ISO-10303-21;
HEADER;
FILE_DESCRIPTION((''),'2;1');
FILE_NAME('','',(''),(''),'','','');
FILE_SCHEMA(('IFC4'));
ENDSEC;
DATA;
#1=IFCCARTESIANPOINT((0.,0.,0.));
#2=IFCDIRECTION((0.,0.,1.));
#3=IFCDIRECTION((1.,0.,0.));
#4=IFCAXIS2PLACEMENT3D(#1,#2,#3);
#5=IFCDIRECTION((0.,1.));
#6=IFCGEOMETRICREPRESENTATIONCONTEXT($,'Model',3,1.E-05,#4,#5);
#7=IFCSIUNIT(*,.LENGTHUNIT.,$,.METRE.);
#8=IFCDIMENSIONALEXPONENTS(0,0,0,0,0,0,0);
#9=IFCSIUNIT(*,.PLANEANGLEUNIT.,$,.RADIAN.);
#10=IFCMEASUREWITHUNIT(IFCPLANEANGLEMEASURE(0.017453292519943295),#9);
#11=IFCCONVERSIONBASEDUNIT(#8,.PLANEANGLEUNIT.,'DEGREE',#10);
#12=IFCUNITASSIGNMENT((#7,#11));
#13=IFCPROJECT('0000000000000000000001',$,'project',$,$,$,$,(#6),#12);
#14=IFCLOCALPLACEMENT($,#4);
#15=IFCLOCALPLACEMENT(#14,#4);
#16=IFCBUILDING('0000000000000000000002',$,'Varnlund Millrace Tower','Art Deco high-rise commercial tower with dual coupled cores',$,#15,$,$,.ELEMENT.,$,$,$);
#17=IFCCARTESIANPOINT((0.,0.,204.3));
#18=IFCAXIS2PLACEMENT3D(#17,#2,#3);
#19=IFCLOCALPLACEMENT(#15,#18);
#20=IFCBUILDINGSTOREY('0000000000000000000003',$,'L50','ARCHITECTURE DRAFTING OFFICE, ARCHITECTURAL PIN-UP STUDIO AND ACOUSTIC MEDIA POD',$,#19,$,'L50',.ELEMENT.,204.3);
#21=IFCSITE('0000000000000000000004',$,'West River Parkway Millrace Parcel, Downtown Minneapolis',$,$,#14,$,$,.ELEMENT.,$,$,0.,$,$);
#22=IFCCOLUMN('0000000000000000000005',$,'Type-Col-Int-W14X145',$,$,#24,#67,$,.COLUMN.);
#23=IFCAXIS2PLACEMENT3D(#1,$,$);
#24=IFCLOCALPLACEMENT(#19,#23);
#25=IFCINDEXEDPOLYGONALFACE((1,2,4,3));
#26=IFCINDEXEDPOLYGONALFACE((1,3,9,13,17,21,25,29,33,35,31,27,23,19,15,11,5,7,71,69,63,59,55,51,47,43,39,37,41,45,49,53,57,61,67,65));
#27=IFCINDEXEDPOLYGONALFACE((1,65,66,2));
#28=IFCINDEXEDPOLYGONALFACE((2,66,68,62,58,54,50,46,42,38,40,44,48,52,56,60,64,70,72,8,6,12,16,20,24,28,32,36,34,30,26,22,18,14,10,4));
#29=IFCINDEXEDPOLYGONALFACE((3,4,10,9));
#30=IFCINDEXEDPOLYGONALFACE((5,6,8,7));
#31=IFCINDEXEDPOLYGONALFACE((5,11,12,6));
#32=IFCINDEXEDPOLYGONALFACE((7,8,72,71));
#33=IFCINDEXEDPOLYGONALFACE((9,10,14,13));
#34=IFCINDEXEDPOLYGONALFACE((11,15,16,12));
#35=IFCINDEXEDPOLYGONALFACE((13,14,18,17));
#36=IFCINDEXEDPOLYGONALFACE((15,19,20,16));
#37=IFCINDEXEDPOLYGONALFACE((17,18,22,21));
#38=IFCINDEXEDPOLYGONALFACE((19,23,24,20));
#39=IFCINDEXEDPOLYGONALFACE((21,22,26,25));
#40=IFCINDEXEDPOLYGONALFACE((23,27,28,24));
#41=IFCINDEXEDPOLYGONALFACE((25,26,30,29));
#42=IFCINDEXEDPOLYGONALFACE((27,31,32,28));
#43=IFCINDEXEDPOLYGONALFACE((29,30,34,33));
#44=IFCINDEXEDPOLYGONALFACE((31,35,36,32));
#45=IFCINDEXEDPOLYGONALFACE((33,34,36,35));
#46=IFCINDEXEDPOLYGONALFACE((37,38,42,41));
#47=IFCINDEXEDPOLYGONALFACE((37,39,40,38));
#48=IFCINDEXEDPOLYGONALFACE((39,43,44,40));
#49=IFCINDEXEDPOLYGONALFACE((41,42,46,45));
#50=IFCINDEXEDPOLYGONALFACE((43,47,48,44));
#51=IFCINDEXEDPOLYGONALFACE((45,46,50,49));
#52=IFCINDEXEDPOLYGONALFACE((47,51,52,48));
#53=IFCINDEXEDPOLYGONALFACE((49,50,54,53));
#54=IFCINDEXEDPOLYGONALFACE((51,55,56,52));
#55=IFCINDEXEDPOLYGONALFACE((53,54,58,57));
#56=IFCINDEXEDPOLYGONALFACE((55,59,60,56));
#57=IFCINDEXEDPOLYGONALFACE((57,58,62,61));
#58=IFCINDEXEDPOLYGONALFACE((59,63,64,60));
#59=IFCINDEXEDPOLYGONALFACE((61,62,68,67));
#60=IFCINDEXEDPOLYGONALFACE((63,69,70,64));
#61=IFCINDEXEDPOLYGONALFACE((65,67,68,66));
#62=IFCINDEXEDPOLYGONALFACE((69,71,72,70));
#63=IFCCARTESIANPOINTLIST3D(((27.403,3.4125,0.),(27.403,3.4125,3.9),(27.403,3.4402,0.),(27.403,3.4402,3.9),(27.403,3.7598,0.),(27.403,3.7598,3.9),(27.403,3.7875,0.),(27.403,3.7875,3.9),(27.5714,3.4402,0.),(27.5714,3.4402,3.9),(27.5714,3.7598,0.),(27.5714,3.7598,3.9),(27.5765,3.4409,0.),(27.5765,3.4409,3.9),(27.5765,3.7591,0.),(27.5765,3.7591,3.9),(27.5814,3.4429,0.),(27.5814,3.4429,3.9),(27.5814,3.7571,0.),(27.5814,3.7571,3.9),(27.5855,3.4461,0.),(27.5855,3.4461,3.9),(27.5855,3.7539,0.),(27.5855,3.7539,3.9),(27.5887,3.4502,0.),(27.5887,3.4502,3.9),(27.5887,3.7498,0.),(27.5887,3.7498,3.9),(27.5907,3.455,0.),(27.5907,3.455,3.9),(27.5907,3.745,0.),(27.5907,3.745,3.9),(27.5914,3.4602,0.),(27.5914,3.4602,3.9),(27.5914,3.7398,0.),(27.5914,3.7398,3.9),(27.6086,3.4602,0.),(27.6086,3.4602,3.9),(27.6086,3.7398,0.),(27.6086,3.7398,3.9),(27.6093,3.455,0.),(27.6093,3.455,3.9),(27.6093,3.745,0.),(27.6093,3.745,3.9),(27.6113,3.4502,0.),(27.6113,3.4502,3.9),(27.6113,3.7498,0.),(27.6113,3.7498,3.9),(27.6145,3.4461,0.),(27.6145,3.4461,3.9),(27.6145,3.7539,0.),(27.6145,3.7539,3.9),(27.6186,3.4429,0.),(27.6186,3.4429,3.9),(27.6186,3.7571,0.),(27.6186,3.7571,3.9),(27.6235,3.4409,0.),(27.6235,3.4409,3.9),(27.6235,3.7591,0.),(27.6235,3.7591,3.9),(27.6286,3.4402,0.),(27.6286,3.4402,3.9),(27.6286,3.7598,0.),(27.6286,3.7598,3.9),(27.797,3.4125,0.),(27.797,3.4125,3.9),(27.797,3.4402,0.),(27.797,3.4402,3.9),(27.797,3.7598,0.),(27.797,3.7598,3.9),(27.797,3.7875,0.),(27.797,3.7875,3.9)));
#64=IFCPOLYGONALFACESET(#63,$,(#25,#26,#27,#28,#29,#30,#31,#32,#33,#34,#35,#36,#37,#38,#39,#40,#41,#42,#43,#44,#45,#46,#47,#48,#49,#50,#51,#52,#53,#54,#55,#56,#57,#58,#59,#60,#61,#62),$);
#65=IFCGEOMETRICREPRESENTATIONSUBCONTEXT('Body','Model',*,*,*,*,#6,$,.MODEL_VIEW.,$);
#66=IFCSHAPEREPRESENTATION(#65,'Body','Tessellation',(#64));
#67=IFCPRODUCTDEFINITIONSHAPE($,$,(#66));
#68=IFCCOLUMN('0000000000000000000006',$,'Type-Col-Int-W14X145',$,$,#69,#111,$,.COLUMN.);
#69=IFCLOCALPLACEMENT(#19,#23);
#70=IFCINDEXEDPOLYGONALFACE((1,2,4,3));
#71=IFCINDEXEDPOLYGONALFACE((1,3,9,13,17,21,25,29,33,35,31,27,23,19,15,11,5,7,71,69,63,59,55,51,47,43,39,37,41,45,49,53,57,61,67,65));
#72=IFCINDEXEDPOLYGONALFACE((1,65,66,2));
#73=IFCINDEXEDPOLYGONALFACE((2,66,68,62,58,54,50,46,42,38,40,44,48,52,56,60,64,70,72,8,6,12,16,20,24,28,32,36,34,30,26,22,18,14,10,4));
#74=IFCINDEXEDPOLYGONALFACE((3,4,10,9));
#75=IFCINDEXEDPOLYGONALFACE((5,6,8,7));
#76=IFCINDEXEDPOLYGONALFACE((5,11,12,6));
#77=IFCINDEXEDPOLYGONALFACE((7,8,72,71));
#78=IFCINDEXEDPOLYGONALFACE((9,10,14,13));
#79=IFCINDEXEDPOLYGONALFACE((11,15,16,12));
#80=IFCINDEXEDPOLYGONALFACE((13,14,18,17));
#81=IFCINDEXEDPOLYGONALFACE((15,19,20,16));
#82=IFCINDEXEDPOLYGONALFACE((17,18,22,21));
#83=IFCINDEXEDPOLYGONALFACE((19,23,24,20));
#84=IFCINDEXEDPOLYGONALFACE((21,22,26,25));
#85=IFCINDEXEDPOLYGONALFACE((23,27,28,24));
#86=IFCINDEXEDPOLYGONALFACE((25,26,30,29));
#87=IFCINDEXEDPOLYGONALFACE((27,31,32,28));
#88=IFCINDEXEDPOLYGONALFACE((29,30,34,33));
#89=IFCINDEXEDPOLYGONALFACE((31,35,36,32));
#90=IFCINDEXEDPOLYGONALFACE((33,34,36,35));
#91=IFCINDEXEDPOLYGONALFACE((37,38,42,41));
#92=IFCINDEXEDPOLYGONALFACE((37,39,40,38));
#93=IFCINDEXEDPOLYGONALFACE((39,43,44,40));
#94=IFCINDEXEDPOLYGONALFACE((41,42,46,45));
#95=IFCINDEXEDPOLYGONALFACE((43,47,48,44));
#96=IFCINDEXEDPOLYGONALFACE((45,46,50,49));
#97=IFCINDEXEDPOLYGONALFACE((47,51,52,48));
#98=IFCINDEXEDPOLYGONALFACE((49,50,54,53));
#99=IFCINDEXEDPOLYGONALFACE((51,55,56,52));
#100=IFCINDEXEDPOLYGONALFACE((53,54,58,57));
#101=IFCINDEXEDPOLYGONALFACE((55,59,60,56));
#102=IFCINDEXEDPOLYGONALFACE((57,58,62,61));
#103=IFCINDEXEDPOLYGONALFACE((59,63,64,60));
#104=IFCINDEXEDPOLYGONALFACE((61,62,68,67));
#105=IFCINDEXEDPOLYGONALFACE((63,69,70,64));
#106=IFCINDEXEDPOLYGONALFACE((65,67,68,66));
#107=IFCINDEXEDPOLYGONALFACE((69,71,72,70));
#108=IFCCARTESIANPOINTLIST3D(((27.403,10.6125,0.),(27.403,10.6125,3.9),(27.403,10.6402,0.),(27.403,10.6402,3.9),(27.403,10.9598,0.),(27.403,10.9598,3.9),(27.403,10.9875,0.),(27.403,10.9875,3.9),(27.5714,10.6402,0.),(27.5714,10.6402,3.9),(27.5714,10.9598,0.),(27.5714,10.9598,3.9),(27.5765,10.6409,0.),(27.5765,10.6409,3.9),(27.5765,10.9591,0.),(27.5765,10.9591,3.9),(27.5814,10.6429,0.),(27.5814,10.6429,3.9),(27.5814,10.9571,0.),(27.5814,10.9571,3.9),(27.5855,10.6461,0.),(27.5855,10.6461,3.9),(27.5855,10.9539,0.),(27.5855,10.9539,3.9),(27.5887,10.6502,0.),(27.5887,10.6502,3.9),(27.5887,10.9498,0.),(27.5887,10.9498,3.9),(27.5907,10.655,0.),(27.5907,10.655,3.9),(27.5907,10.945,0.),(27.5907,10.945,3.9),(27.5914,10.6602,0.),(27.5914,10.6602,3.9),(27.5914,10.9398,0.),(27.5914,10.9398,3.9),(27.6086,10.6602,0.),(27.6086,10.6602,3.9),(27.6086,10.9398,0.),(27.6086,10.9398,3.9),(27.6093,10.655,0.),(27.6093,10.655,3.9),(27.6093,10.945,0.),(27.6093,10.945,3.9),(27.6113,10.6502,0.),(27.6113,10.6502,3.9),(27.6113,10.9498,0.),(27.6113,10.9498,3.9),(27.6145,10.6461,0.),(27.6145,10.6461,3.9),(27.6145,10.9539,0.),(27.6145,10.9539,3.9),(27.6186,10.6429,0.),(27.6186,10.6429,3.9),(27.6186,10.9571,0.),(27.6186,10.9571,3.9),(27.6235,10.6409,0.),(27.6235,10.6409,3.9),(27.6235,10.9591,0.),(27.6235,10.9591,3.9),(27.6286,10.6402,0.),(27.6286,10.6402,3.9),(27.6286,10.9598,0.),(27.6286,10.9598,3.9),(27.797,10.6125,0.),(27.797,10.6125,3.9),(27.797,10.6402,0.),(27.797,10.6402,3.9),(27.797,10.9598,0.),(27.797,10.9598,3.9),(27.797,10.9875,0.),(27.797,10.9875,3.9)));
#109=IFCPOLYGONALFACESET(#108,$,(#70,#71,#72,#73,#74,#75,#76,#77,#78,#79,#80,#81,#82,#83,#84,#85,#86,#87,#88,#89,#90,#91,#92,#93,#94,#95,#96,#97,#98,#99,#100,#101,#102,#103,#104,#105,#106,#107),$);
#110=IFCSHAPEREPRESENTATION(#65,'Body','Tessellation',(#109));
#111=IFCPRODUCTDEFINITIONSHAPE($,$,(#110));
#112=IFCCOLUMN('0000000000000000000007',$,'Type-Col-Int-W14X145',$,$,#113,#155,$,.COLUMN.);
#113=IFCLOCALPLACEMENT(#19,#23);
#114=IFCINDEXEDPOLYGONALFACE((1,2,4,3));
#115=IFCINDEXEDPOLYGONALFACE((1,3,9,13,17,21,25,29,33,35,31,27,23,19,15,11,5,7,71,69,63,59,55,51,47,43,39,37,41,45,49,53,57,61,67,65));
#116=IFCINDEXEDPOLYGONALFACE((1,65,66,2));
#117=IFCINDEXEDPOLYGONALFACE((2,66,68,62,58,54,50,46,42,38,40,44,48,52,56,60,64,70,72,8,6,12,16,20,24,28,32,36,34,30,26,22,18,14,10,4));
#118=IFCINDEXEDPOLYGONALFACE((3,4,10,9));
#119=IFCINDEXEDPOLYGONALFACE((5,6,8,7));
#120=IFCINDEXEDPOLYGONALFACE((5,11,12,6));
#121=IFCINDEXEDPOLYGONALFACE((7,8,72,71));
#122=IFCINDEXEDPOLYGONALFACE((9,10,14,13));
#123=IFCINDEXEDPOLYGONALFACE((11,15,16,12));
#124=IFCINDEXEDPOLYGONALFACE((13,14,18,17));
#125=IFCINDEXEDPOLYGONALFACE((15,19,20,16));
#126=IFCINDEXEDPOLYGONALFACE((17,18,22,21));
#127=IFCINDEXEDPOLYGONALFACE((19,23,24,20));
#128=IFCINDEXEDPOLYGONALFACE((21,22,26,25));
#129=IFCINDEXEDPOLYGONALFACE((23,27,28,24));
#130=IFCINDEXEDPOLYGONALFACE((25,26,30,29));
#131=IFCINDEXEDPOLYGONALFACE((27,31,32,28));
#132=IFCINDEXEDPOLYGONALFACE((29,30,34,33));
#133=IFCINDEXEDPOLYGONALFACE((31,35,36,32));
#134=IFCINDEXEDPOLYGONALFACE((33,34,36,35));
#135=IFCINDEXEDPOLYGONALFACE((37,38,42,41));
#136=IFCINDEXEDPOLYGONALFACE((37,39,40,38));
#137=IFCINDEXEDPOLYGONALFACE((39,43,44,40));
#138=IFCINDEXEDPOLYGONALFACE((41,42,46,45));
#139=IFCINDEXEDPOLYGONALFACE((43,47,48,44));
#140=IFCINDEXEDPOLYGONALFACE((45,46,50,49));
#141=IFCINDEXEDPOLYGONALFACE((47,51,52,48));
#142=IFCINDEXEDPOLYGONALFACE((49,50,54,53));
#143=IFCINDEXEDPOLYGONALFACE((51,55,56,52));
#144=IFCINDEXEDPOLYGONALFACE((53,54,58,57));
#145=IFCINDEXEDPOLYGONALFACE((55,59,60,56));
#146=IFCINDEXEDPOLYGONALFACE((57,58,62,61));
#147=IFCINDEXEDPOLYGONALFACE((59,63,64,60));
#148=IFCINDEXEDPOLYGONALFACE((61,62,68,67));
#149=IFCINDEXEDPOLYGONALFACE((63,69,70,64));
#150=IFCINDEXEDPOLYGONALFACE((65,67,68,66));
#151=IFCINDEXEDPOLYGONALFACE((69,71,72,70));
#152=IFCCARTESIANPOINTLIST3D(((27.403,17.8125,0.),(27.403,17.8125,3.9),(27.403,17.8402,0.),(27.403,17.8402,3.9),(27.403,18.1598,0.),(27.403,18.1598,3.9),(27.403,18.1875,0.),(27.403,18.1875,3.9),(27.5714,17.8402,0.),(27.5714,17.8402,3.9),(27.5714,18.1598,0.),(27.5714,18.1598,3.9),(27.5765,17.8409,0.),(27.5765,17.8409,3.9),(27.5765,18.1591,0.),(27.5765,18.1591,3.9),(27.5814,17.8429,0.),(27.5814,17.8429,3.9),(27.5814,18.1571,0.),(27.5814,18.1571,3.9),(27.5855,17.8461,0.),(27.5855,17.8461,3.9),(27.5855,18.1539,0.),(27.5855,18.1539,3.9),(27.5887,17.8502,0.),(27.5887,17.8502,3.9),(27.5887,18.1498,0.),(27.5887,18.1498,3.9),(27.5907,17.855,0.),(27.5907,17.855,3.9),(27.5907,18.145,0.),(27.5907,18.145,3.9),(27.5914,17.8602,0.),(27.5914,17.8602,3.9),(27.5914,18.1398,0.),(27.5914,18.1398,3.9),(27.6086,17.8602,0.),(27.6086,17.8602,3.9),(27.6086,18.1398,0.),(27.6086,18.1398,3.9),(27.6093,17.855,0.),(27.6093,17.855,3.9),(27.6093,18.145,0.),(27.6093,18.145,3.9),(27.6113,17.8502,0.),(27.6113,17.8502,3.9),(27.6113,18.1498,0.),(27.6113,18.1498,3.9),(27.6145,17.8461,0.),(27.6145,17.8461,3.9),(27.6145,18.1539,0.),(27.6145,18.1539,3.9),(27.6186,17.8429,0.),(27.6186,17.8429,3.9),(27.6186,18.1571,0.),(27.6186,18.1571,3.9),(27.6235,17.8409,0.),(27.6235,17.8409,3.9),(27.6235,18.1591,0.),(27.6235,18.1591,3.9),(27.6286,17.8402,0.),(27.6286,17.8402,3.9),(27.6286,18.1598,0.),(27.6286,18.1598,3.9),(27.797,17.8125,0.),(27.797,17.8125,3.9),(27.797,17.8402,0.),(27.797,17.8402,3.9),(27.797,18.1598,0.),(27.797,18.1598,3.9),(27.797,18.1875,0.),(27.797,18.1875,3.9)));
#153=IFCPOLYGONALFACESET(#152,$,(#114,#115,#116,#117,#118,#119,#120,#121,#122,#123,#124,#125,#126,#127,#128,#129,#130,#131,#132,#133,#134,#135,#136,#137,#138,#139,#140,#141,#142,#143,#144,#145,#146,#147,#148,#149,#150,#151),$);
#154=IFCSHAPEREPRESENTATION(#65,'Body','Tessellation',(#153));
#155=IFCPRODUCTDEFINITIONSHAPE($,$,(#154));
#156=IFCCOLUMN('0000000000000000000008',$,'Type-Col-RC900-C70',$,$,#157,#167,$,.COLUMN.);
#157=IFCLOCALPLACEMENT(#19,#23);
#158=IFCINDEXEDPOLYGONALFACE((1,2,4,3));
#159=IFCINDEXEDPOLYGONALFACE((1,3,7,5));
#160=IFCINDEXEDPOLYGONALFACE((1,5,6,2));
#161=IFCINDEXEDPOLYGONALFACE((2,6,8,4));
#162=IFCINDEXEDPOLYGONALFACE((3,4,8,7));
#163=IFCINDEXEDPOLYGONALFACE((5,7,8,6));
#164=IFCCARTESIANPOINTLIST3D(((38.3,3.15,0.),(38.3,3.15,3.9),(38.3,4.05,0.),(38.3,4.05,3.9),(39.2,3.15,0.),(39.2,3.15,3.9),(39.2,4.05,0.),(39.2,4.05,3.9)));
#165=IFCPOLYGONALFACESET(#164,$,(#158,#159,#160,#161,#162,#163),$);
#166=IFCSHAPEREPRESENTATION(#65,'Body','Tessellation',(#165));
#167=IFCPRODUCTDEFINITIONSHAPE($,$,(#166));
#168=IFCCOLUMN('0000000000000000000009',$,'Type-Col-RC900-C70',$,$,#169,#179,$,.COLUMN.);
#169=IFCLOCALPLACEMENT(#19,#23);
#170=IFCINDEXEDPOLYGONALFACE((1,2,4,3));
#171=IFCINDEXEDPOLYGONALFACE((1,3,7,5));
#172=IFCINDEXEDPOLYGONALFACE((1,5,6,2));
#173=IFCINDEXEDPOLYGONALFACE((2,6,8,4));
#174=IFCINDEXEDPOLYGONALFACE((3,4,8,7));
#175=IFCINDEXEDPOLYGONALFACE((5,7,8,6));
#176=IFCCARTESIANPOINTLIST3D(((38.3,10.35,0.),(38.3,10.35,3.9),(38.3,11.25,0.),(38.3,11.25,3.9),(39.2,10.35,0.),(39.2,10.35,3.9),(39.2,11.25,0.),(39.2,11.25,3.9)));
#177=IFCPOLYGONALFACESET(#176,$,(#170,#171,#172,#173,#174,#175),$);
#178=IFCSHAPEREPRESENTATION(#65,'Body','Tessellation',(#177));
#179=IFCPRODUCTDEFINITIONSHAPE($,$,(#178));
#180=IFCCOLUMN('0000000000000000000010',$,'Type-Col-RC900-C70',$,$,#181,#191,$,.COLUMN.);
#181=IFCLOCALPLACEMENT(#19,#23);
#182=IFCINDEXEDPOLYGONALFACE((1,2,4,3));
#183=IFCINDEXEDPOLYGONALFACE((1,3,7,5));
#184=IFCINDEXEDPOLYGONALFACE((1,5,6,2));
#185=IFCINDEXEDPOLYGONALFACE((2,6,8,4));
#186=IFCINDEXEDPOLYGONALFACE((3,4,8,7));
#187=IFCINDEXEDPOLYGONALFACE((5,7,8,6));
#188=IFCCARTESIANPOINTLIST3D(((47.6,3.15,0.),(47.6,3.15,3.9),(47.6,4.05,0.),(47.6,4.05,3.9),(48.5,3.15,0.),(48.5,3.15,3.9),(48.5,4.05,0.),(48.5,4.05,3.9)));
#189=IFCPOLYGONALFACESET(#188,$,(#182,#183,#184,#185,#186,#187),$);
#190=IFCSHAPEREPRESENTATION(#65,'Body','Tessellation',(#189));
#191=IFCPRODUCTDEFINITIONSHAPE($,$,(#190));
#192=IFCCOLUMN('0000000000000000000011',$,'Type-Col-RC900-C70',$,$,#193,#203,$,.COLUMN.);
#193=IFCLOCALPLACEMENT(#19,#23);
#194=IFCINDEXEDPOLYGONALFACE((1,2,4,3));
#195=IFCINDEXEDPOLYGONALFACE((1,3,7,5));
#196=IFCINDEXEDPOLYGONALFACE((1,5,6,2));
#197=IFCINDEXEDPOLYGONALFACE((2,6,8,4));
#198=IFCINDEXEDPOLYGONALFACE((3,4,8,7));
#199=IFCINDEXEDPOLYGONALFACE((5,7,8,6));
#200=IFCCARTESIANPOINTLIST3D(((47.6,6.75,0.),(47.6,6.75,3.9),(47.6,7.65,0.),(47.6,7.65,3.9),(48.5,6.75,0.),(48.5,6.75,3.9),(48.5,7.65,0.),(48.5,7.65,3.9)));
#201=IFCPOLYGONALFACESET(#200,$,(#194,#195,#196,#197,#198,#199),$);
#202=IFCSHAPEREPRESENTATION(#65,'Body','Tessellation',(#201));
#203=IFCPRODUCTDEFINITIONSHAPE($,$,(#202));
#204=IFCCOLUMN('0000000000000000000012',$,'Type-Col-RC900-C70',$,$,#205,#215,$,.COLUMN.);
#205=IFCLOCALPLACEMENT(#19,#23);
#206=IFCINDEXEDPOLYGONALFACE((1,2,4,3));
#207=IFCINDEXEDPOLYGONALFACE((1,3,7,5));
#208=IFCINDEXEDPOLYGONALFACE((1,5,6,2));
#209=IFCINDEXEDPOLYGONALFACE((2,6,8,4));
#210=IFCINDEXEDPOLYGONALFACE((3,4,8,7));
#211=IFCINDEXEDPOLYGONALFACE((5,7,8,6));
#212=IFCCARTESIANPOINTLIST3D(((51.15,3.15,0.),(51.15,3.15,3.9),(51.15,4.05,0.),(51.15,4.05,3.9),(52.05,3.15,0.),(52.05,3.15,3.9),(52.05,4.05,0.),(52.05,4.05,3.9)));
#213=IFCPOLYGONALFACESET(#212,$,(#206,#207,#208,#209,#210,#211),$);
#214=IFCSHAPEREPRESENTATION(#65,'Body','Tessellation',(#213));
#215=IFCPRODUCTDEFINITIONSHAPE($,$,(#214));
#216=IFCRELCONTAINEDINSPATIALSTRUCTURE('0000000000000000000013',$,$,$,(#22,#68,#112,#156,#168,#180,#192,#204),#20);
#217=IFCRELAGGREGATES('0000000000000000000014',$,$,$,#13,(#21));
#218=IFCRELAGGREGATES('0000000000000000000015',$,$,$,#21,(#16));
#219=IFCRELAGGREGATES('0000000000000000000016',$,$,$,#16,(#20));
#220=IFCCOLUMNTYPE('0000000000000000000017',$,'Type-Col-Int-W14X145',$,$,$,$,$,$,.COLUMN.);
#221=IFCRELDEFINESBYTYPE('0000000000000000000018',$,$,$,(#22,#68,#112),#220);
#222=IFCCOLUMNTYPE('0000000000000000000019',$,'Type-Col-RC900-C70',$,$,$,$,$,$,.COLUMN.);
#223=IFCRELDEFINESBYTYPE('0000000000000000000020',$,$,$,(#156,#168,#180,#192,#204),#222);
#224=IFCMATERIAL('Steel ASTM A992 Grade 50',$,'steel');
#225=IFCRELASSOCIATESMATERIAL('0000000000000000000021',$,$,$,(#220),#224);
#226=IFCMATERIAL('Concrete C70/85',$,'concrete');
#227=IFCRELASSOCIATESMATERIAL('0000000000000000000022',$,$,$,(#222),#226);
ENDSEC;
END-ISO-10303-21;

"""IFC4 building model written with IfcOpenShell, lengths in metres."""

from ifc_helpers import new_model, entity, si_unit, converted_unit, direction, frame, origin_with_axes, origin_2d_with_axis, place, context, subcontext, project, spatial, rectangle, i_section, extrude, material, material_profile, profile_set, type_object, element, save


model = new_model("IFC4")

# Units and contexts
model_context = context("Model", 3, precision=1e-05, world=origin_with_axes(), true_north=direction((0.0, 1.0)))
body_context = subcontext(model_context, "Body", "Model", "MODEL_VIEW")
ifc_project = project(units=[si_unit("LENGTHUNIT", "METRE"), converted_unit("PLANEANGLEUNIT", "DEGREE", entity("IfcPlaneAngleMeasure", 0.017453292519943295), si_unit("PLANEANGLEUNIT", "RADIAN"), dimensions=[0, 0, 0, 0, 0, 0, 0])], contexts=[model_context])

# Site, building, storey
site_placement = place(None, origin_with_axes())
site = spatial("IfcSite", under=ifc_project, at=site_placement, Name="West River Parkway Millrace Parcel, Downtown Minneapolis", CompositionType="ELEMENT", RefElevation=0.0)
building_placement = place(site_placement, origin_with_axes())
building = spatial("IfcBuilding", under=site, at=building_placement, Name="Varnlund Millrace Tower", Description="Art Deco high-rise commercial tower with dual coupled cores", CompositionType="ELEMENT")
storey_placement = place(building_placement, frame((0.0, 0.0, 204.3), z_axis=(0.0, 0.0, 1.0), x_axis=(1.0, 0.0, 0.0)))
storey = spatial("IfcBuildingStorey", under=building, at=storey_placement, Name="L50", Description="ARCHITECTURE DRAFTING OFFICE, ARCHITECTURAL PIN-UP STUDIO AND ACOUSTIC MEDIA POD", LongName="L50", CompositionType="ELEMENT", Elevation=204.3)

# Columns
ifc_material_1 = material(Name="Steel ASTM A992 Grade 50", Category="steel")
ifc_material_profile_1 = material_profile(ifc_material_1, i_section(OverallWidth=0.394, OverallDepth=0.375, WebThickness=0.0173, FlangeThickness=0.0277, FilletRadius=0.02, at=origin_2d_with_axis()), Name="Steel ASTM A992 Grade 50")
ifc_profile_set_1 = profile_set([ifc_material_profile_1], Name="Steel ASTM A992 Grade 50")
column_type_1 = type_object("IfcColumnType", Name="Type-Col-Int-W14X145", PredefinedType="COLUMN", material=ifc_profile_set_1)
for number, where, z_axis, x_axis, name in (
    (1, (27.6, 3.6, 0.0), (0.0, 0.0, 1.0), (1.0, 0.0, 0.0), "Type-Col-Int-W14X145"),
    (2, (27.6, 10.8, 0.0), (0.0, 0.0, 1.0), (1.0, 0.0, 0.0), "Type-Col-Int-W14X145"),
    (3, (27.6, 18.0, 0.0), (0.0, 0.0, 1.0), (1.0, 0.0, 0.0), "Type-Col-Int-W14X145"),
):
    element("IfcColumn", number, at=place(storey_placement, frame(where, z_axis=z_axis, x_axis=x_axis)), inside=storey, type_object=column_type_1, Name=name, PredefinedType="COLUMN", context=body_context, shape_type="SweptSolid", body=[
        extrude(i_section(OverallWidth=0.394, OverallDepth=0.375, WebThickness=0.0173, FlangeThickness=0.0277, FilletRadius=0.02, at=origin_2d_with_axis()), origin_with_axes(), (0.0, 0.0, 1.0), 3.9),
    ])
ifc_material_2 = material(Name="Concrete C70/85", Category="concrete")
ifc_material_profile_2 = material_profile(ifc_material_2, rectangle(XDim=0.9, YDim=0.9, at=origin_2d_with_axis()), Name="Concrete C70/85")
ifc_profile_set_2 = profile_set([ifc_material_profile_2], Name="Concrete C70/85")
column_type_2 = type_object("IfcColumnType", Name="Type-Col-RC900-C70", PredefinedType="COLUMN", material=ifc_profile_set_2)
for number, where, z_axis, x_axis, name in (
    (4, (38.75, 3.6, 0.0), (0.0, 0.0, 1.0), (1.0, 0.0, 0.0), "Type-Col-RC900-C70"),
    (5, (38.75, 10.8, 0.0), (0.0, 0.0, 1.0), (1.0, 0.0, 0.0), "Type-Col-RC900-C70"),
    (6, (48.05, 3.6, 0.0), (0.0, 0.0, 1.0), (1.0, 0.0, 0.0), "Type-Col-RC900-C70"),
    (7, (48.05, 7.2, 0.0), (0.0, 0.0, 1.0), (1.0, 0.0, 0.0), "Type-Col-RC900-C70"),
    (8, (51.6, 3.6, 0.0), (0.0, 0.0, 1.0), (1.0, 0.0, 0.0), "Type-Col-RC900-C70"),
):
    element("IfcColumn", number, at=place(storey_placement, frame(where, z_axis=z_axis, x_axis=x_axis)), inside=storey, type_object=column_type_2, Name=name, PredefinedType="COLUMN", context=body_context, shape_type="SweptSolid", body=[
        extrude(rectangle(XDim=0.9, YDim=0.9, at=origin_2d_with_axis()), origin_with_axes(), (0.0, 0.0, 1.0), 3.9),
    ])

save(model, "model.ifc")
